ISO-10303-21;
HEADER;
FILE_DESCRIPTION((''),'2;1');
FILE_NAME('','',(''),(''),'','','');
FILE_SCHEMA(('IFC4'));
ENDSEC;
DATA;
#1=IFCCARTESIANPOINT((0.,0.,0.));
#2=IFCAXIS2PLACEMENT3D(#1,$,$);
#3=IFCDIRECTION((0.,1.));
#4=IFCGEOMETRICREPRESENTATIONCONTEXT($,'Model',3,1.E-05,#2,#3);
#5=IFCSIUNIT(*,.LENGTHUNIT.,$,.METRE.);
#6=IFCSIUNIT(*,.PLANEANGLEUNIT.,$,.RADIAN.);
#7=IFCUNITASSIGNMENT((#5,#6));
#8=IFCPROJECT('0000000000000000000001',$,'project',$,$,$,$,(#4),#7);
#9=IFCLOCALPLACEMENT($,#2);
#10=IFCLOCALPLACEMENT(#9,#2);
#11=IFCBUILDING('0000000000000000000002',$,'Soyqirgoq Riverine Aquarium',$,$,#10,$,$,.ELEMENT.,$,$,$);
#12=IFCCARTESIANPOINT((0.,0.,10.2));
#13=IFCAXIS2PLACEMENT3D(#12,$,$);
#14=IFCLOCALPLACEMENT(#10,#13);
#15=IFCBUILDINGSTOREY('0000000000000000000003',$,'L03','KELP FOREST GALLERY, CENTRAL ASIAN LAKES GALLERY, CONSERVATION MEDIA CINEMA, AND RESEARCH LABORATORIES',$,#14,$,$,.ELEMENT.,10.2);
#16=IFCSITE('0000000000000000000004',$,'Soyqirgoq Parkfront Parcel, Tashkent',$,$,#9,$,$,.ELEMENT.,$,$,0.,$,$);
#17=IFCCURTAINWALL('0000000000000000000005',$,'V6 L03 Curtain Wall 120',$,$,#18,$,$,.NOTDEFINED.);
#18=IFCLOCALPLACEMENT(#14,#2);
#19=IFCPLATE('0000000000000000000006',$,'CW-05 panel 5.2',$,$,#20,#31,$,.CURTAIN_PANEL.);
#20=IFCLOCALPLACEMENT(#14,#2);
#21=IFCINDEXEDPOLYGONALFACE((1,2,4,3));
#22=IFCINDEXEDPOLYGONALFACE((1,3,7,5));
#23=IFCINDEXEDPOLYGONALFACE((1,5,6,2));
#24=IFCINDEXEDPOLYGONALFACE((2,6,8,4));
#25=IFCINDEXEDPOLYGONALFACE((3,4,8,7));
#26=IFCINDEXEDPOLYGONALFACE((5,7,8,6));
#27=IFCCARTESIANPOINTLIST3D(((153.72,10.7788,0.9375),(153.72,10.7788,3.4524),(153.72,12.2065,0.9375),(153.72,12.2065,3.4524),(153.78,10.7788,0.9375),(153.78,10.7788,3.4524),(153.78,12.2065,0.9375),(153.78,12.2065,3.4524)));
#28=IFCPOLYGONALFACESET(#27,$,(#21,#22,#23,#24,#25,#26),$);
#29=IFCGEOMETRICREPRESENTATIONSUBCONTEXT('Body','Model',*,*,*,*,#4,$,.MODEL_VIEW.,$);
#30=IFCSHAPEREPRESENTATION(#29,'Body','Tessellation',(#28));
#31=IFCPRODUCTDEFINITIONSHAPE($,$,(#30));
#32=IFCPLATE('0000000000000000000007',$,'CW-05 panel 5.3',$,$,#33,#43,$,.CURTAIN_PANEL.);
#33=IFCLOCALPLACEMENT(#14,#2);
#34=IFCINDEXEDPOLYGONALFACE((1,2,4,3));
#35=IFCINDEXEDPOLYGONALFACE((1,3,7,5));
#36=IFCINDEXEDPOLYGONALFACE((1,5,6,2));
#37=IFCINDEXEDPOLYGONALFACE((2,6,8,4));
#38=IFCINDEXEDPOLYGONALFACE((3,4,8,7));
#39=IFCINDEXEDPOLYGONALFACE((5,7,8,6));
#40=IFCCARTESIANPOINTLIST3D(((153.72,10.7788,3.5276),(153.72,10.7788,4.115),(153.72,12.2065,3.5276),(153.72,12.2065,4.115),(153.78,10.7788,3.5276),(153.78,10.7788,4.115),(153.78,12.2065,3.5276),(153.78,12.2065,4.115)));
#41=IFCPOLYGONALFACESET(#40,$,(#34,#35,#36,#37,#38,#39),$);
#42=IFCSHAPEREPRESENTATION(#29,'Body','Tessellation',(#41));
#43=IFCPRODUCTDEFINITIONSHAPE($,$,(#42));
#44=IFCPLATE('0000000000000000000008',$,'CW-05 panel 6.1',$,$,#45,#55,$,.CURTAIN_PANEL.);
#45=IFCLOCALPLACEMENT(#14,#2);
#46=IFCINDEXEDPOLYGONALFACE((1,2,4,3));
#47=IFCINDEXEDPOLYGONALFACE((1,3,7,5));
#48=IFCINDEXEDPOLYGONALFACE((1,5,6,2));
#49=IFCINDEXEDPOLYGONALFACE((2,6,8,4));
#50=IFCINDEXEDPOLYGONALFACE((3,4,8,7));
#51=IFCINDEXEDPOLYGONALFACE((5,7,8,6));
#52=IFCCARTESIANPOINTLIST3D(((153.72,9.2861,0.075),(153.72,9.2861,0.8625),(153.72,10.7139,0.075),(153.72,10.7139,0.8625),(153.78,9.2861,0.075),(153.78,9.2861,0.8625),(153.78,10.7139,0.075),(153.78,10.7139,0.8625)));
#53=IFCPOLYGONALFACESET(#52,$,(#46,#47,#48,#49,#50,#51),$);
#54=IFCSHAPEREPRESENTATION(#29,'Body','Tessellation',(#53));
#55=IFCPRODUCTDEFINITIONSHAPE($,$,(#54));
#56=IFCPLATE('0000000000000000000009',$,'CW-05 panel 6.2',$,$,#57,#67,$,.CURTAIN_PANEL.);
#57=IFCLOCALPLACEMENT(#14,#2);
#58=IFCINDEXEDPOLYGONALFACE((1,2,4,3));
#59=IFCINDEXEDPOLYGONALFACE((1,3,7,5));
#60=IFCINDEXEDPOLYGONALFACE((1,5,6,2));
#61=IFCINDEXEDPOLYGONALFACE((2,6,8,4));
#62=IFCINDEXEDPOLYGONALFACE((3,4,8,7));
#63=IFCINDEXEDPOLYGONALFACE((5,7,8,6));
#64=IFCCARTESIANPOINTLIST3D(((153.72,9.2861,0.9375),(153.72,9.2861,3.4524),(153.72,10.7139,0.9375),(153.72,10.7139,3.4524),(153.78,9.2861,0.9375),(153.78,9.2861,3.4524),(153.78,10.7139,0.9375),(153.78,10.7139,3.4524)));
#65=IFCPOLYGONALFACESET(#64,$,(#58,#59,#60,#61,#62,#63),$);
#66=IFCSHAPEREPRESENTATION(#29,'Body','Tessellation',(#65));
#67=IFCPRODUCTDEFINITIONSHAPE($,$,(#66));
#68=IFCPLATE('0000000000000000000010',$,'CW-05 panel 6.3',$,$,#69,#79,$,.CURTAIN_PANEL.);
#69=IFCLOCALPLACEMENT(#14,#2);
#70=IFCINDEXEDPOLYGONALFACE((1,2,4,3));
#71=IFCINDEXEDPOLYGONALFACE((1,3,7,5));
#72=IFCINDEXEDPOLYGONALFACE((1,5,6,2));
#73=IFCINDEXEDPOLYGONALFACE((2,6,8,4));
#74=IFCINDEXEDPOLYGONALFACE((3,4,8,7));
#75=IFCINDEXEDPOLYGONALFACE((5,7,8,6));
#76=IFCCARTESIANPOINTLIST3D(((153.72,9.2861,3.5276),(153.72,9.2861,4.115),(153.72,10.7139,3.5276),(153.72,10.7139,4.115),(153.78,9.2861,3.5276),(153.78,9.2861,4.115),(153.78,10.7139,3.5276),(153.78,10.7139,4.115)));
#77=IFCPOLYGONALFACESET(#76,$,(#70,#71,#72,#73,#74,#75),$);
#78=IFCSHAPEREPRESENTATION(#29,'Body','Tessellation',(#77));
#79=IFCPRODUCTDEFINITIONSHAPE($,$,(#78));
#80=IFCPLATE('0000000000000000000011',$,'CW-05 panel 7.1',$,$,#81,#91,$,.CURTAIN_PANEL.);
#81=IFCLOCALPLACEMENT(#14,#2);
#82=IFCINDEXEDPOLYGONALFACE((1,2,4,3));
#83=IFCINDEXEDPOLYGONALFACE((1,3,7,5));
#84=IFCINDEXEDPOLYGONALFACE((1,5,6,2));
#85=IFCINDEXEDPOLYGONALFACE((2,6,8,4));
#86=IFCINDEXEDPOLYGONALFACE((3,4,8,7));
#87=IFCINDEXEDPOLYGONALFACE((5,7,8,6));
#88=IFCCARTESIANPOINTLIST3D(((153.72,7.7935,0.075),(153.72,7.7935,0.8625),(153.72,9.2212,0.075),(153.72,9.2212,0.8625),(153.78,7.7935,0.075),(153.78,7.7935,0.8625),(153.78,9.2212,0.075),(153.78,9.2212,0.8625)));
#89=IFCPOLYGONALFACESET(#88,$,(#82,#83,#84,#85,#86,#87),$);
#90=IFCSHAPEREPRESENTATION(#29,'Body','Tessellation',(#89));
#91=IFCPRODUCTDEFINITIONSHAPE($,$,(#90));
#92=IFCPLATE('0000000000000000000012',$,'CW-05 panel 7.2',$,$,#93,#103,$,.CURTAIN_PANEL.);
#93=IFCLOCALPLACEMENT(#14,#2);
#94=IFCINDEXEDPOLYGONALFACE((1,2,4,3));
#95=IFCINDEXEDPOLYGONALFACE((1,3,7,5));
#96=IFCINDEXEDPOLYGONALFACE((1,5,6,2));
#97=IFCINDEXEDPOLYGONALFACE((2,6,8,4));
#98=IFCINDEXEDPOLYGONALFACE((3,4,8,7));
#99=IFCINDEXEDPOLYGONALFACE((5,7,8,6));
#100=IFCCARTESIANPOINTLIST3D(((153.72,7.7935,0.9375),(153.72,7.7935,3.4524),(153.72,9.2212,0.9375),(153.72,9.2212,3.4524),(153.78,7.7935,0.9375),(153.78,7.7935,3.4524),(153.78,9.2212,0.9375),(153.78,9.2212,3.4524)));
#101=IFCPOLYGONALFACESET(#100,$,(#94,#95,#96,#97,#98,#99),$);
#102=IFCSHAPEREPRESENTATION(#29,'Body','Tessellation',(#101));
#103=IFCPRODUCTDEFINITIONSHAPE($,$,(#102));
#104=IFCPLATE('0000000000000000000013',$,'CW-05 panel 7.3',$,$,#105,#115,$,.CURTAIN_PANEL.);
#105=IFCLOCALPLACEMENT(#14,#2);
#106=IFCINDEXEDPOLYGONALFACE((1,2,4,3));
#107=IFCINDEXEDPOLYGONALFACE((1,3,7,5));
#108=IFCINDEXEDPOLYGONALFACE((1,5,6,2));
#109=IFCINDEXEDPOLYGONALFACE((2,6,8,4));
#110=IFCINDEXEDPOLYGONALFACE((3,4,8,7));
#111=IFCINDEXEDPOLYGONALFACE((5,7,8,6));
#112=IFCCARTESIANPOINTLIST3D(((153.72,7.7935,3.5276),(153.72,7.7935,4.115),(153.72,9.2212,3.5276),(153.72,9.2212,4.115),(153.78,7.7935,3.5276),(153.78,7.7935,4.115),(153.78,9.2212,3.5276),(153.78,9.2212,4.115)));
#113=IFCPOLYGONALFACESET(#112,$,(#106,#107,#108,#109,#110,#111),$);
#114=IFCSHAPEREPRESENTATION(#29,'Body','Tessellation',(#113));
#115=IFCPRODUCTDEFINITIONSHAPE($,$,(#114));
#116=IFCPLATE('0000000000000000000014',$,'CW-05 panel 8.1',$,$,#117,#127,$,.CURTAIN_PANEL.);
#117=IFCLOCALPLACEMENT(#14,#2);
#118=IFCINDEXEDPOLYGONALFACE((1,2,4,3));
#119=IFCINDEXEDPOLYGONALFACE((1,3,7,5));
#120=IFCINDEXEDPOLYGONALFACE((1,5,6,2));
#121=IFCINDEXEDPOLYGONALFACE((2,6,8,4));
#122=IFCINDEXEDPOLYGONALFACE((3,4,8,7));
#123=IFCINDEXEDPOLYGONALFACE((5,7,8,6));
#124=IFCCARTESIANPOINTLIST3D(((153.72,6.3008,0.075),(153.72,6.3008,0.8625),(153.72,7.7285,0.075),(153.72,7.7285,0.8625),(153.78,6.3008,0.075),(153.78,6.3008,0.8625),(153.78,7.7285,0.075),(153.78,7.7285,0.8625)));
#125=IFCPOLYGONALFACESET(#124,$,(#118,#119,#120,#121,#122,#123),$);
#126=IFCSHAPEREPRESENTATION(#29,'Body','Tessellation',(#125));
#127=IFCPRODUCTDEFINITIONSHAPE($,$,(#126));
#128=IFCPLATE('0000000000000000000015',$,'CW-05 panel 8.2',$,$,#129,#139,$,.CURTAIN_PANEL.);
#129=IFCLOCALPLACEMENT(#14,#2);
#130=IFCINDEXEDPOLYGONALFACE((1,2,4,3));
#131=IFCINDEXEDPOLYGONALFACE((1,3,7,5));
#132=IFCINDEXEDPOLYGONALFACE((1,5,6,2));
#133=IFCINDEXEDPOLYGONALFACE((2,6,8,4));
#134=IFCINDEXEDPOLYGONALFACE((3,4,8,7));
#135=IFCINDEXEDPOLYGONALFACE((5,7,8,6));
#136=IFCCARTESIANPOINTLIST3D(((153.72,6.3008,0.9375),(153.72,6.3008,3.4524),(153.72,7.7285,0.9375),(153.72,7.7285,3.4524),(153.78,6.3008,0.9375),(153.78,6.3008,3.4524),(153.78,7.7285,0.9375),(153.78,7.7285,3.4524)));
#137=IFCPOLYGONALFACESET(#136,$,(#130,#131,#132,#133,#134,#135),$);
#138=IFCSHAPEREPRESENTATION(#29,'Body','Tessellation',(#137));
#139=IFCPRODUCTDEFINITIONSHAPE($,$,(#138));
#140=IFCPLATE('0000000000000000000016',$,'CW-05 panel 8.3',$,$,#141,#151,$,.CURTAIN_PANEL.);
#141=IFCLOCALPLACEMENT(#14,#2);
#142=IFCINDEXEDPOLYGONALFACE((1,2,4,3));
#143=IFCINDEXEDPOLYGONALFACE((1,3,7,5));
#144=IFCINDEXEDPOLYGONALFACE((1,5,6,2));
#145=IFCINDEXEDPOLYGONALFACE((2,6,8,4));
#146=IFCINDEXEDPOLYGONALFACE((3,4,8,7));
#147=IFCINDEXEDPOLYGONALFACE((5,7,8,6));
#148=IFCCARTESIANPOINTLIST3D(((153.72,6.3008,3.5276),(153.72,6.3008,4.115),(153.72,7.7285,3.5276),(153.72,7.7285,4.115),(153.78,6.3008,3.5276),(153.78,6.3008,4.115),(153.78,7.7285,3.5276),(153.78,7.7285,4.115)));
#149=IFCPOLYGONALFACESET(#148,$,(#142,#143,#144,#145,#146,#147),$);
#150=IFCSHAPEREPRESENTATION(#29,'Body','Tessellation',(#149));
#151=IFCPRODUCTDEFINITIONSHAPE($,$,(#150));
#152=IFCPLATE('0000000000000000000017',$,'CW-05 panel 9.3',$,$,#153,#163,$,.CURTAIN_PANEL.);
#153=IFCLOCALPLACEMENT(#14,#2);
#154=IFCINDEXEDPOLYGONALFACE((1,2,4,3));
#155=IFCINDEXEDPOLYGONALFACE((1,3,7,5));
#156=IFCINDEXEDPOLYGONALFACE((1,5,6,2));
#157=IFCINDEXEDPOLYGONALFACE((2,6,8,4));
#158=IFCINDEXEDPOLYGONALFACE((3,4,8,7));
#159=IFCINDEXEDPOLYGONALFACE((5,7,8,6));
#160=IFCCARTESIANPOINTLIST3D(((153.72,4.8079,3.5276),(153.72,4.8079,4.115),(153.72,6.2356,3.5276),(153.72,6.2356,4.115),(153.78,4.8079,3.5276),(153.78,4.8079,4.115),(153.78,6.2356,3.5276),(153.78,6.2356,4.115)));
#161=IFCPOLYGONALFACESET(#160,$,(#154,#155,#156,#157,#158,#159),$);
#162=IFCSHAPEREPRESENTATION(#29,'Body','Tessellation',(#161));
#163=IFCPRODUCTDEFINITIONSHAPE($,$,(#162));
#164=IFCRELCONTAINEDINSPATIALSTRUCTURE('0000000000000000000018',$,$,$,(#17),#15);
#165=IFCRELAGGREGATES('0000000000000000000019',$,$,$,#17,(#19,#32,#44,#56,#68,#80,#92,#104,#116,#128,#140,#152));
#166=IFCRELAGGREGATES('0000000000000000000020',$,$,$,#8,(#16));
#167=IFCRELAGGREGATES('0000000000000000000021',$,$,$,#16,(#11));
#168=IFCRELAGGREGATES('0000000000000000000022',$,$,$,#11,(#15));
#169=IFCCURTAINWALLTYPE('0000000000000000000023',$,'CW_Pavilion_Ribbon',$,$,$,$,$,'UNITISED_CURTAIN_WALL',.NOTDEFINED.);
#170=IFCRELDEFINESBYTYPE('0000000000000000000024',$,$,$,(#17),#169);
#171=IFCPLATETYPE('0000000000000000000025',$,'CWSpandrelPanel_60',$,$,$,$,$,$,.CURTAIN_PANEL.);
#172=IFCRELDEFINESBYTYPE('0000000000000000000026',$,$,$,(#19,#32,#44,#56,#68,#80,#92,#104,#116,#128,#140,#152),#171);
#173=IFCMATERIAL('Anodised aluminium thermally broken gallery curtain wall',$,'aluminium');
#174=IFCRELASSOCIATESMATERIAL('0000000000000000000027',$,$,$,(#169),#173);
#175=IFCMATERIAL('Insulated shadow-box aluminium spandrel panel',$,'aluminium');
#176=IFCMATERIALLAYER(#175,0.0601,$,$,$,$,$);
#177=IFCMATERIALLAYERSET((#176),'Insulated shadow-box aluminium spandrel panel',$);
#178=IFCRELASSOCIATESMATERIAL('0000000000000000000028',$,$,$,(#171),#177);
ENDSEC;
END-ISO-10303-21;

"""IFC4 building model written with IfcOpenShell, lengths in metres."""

from ifc_helpers import new_model, si_unit, direction, frame, origin, origin_2d, place, context, subcontext, project, spatial, rectangle, extrude, material, layer, layer_set, type_object, element, aggregate, save


model = new_model("IFC4")

# Units and contexts
model_context = context("Model", 3, precision=1e-05, world=origin(), true_north=direction((0.0, 1.0)))
body_context = subcontext(model_context, "Body", "Model", "MODEL_VIEW")
ifc_project = project(units=[si_unit("LENGTHUNIT", "METRE"), si_unit("PLANEANGLEUNIT", "RADIAN")], contexts=[model_context])

# Site, building, storey
site_placement = place(None, origin())
site = spatial("IfcSite", under=ifc_project, at=site_placement, Name="Soyqirgoq Parkfront Parcel, Tashkent", CompositionType="ELEMENT", RefElevation=0.0)
building_placement = place(site_placement, origin())
building = spatial("IfcBuilding", under=site, at=building_placement, Name="Soyqirgoq Riverine Aquarium", CompositionType="ELEMENT")
storey_placement = place(building_placement, frame((0.0, 0.0, 10.2)))
storey = spatial("IfcBuildingStorey", under=building, at=storey_placement, Name="L03", Description="KELP FOREST GALLERY, CENTRAL ASIAN LAKES GALLERY, CONSERVATION MEDIA CINEMA, AND RESEARCH LABORATORIES", CompositionType="ELEMENT", Elevation=10.2)

# Curtain wall
ifc_material_1 = material(Name="Anodised aluminium thermally broken gallery curtain wall", Category="aluminium")
curtain_wall_type = type_object("IfcCurtainWallType", Name="CW_Pavilion_Ribbon", ElementType="UNITISED_CURTAIN_WALL", PredefinedType="NOTDEFINED", material=ifc_material_1)
curtain_wall_placement = place(storey_placement, origin())
curtain_wall = element("IfcCurtainWall", 1, at=curtain_wall_placement, inside=storey, type_object=curtain_wall_type, Name="V6 L03 Curtain Wall 120", PredefinedType="NOTDEFINED")

# Plates
ifc_material_2 = material(Name="Insulated shadow-box aluminium spandrel panel", Category="aluminium")
ifc_layer = layer(ifc_material_2, 0.0601)
ifc_layer_set = layer_set([ifc_layer], Name="Insulated shadow-box aluminium spandrel panel")
plate_type = type_object("IfcPlateType", Name="CWSpandrelPanel_60", PredefinedType="CURTAIN_PANEL", material=ifc_layer_set)
plate_1_placement = place(storey_placement, frame((153.75, 11.4927, 0.9375), z_axis=(0.0, 0.0, 1.0), x_axis=(0.0, -1.0, 0.0)))
plate_1 = element("IfcPlate", 2, at=plate_1_placement, type_object=plate_type, Name="CW-05 panel 5.2", PredefinedType="CURTAIN_PANEL", context=body_context, shape_type="SweptSolid", body=[
    extrude(rectangle(XDim=1.4277, YDim=0.0601, at=origin_2d()), origin(), (0.0, 0.0, 1.0), 2.5149),
])
plate_2_placement = place(storey_placement, frame((153.75, 11.4927, 3.5276), z_axis=(0.0, 0.0, 1.0), x_axis=(0.0, -1.0, 0.0)))
plate_2 = element("IfcPlate", 3, at=plate_2_placement, type_object=plate_type, Name="CW-05 panel 5.3", PredefinedType="CURTAIN_PANEL", context=body_context, shape_type="SweptSolid", body=[
    extrude(rectangle(XDim=1.4277, YDim=0.0601, at=origin_2d()), origin(), (0.0, 0.0, 1.0), 0.5874),
])
plate_3_placement = place(storey_placement, frame((153.75, 10.0, 0.075), z_axis=(0.0, 0.0, 1.0), x_axis=(0.0, -1.0, 0.0)))
plate_3 = element("IfcPlate", 4, at=plate_3_placement, type_object=plate_type, Name="CW-05 panel 6.1", PredefinedType="CURTAIN_PANEL", context=body_context, shape_type="SweptSolid", body=[
    extrude(rectangle(XDim=1.4277, YDim=0.0601, at=origin_2d()), origin(), (0.0, 0.0, 1.0), 0.7876),
])
plate_4_placement = place(storey_placement, frame((153.75, 10.0, 0.9375), z_axis=(0.0, 0.0, 1.0), x_axis=(0.0, -1.0, 0.0)))
plate_4 = element("IfcPlate", 5, at=plate_4_placement, type_object=plate_type, Name="CW-05 panel 6.2", PredefinedType="CURTAIN_PANEL", context=body_context, shape_type="SweptSolid", body=[
    extrude(rectangle(XDim=1.4277, YDim=0.0601, at=origin_2d()), origin(), (0.0, 0.0, 1.0), 2.5149),
])
plate_5_placement = place(storey_placement, frame((153.75, 10.0, 3.5276), z_axis=(0.0, 0.0, 1.0), x_axis=(0.0, -1.0, 0.0)))
plate_5 = element("IfcPlate", 6, at=plate_5_placement, type_object=plate_type, Name="CW-05 panel 6.3", PredefinedType="CURTAIN_PANEL", context=body_context, shape_type="SweptSolid", body=[
    extrude(rectangle(XDim=1.4277, YDim=0.0601, at=origin_2d()), origin(), (0.0, 0.0, 1.0), 0.5874),
])
plate_6_placement = place(storey_placement, frame((153.75, 8.5073, 0.075), z_axis=(0.0, 0.0, 1.0), x_axis=(0.0, -1.0, 0.0)))
plate_6 = element("IfcPlate", 7, at=plate_6_placement, type_object=plate_type, Name="CW-05 panel 7.1", PredefinedType="CURTAIN_PANEL", context=body_context, shape_type="SweptSolid", body=[
    extrude(rectangle(XDim=1.4277, YDim=0.0601, at=origin_2d()), origin(), (0.0, 0.0, 1.0), 0.7876),
])
plate_7_placement = place(storey_placement, frame((153.75, 8.5073, 0.9375), z_axis=(0.0, 0.0, 1.0), x_axis=(0.0, -1.0, 0.0)))
plate_7 = element("IfcPlate", 8, at=plate_7_placement, type_object=plate_type, Name="CW-05 panel 7.2", PredefinedType="CURTAIN_PANEL", context=body_context, shape_type="SweptSolid", body=[
    extrude(rectangle(XDim=1.4277, YDim=0.0601, at=origin_2d()), origin(), (0.0, 0.0, 1.0), 2.5149),
])
plate_8_placement = place(storey_placement, frame((153.75, 8.5073, 3.5276), z_axis=(0.0, 0.0, 1.0), x_axis=(0.0, -1.0, 0.0)))
plate_8 = element("IfcPlate", 9, at=plate_8_placement, type_object=plate_type, Name="CW-05 panel 7.3", PredefinedType="CURTAIN_PANEL", context=body_context, shape_type="SweptSolid", body=[
    extrude(rectangle(XDim=1.4277, YDim=0.0601, at=origin_2d()), origin(), (0.0, 0.0, 1.0), 0.5874),
])
plate_9_placement = place(storey_placement, frame((153.75, 7.0146, 0.075), z_axis=(0.0, 0.0, 1.0), x_axis=(0.0, -1.0, 0.0)))
plate_9 = element("IfcPlate", 10, at=plate_9_placement, type_object=plate_type, Name="CW-05 panel 8.1", PredefinedType="CURTAIN_PANEL", context=body_context, shape_type="SweptSolid", body=[
    extrude(rectangle(XDim=1.4277, YDim=0.0601, at=origin_2d()), origin(), (0.0, 0.0, 1.0), 0.7876),
])
plate_10_placement = place(storey_placement, frame((153.75, 7.0146, 0.9375), z_axis=(0.0, 0.0, 1.0), x_axis=(0.0, -1.0, 0.0)))
plate_10 = element("IfcPlate", 11, at=plate_10_placement, type_object=plate_type, Name="CW-05 panel 8.2", PredefinedType="CURTAIN_PANEL", context=body_context, shape_type="SweptSolid", body=[
    extrude(rectangle(XDim=1.4277, YDim=0.0601, at=origin_2d()), origin(), (0.0, 0.0, 1.0), 2.5149),
])
plate_11_placement = place(storey_placement, frame((153.75, 7.0146, 3.5276), z_axis=(0.0, 0.0, 1.0), x_axis=(0.0, -1.0, 0.0)))
plate_11 = element("IfcPlate", 12, at=plate_11_placement, type_object=plate_type, Name="CW-05 panel 8.3", PredefinedType="CURTAIN_PANEL", context=body_context, shape_type="SweptSolid", body=[
    extrude(rectangle(XDim=1.4277, YDim=0.0601, at=origin_2d()), origin(), (0.0, 0.0, 1.0), 0.5874),
])
plate_12_placement = place(storey_placement, frame((153.75, 5.5217, 3.5276), z_axis=(0.0, 0.0, 1.0), x_axis=(0.0, -1.0, 0.0)))
plate_12 = element("IfcPlate", 13, at=plate_12_placement, type_object=plate_type, Name="CW-05 panel 9.3", PredefinedType="CURTAIN_PANEL", context=body_context, shape_type="SweptSolid", body=[
    extrude(rectangle(XDim=1.4277, YDim=0.0601, at=origin_2d()), origin(), (0.0, 0.0, 1.0), 0.5874),
])
aggregate(curtain_wall, [plate_1, plate_2, plate_3, plate_4, plate_5, plate_6, plate_7, plate_8, plate_9, plate_10, plate_11, plate_12])

save(model, "model.ifc")
